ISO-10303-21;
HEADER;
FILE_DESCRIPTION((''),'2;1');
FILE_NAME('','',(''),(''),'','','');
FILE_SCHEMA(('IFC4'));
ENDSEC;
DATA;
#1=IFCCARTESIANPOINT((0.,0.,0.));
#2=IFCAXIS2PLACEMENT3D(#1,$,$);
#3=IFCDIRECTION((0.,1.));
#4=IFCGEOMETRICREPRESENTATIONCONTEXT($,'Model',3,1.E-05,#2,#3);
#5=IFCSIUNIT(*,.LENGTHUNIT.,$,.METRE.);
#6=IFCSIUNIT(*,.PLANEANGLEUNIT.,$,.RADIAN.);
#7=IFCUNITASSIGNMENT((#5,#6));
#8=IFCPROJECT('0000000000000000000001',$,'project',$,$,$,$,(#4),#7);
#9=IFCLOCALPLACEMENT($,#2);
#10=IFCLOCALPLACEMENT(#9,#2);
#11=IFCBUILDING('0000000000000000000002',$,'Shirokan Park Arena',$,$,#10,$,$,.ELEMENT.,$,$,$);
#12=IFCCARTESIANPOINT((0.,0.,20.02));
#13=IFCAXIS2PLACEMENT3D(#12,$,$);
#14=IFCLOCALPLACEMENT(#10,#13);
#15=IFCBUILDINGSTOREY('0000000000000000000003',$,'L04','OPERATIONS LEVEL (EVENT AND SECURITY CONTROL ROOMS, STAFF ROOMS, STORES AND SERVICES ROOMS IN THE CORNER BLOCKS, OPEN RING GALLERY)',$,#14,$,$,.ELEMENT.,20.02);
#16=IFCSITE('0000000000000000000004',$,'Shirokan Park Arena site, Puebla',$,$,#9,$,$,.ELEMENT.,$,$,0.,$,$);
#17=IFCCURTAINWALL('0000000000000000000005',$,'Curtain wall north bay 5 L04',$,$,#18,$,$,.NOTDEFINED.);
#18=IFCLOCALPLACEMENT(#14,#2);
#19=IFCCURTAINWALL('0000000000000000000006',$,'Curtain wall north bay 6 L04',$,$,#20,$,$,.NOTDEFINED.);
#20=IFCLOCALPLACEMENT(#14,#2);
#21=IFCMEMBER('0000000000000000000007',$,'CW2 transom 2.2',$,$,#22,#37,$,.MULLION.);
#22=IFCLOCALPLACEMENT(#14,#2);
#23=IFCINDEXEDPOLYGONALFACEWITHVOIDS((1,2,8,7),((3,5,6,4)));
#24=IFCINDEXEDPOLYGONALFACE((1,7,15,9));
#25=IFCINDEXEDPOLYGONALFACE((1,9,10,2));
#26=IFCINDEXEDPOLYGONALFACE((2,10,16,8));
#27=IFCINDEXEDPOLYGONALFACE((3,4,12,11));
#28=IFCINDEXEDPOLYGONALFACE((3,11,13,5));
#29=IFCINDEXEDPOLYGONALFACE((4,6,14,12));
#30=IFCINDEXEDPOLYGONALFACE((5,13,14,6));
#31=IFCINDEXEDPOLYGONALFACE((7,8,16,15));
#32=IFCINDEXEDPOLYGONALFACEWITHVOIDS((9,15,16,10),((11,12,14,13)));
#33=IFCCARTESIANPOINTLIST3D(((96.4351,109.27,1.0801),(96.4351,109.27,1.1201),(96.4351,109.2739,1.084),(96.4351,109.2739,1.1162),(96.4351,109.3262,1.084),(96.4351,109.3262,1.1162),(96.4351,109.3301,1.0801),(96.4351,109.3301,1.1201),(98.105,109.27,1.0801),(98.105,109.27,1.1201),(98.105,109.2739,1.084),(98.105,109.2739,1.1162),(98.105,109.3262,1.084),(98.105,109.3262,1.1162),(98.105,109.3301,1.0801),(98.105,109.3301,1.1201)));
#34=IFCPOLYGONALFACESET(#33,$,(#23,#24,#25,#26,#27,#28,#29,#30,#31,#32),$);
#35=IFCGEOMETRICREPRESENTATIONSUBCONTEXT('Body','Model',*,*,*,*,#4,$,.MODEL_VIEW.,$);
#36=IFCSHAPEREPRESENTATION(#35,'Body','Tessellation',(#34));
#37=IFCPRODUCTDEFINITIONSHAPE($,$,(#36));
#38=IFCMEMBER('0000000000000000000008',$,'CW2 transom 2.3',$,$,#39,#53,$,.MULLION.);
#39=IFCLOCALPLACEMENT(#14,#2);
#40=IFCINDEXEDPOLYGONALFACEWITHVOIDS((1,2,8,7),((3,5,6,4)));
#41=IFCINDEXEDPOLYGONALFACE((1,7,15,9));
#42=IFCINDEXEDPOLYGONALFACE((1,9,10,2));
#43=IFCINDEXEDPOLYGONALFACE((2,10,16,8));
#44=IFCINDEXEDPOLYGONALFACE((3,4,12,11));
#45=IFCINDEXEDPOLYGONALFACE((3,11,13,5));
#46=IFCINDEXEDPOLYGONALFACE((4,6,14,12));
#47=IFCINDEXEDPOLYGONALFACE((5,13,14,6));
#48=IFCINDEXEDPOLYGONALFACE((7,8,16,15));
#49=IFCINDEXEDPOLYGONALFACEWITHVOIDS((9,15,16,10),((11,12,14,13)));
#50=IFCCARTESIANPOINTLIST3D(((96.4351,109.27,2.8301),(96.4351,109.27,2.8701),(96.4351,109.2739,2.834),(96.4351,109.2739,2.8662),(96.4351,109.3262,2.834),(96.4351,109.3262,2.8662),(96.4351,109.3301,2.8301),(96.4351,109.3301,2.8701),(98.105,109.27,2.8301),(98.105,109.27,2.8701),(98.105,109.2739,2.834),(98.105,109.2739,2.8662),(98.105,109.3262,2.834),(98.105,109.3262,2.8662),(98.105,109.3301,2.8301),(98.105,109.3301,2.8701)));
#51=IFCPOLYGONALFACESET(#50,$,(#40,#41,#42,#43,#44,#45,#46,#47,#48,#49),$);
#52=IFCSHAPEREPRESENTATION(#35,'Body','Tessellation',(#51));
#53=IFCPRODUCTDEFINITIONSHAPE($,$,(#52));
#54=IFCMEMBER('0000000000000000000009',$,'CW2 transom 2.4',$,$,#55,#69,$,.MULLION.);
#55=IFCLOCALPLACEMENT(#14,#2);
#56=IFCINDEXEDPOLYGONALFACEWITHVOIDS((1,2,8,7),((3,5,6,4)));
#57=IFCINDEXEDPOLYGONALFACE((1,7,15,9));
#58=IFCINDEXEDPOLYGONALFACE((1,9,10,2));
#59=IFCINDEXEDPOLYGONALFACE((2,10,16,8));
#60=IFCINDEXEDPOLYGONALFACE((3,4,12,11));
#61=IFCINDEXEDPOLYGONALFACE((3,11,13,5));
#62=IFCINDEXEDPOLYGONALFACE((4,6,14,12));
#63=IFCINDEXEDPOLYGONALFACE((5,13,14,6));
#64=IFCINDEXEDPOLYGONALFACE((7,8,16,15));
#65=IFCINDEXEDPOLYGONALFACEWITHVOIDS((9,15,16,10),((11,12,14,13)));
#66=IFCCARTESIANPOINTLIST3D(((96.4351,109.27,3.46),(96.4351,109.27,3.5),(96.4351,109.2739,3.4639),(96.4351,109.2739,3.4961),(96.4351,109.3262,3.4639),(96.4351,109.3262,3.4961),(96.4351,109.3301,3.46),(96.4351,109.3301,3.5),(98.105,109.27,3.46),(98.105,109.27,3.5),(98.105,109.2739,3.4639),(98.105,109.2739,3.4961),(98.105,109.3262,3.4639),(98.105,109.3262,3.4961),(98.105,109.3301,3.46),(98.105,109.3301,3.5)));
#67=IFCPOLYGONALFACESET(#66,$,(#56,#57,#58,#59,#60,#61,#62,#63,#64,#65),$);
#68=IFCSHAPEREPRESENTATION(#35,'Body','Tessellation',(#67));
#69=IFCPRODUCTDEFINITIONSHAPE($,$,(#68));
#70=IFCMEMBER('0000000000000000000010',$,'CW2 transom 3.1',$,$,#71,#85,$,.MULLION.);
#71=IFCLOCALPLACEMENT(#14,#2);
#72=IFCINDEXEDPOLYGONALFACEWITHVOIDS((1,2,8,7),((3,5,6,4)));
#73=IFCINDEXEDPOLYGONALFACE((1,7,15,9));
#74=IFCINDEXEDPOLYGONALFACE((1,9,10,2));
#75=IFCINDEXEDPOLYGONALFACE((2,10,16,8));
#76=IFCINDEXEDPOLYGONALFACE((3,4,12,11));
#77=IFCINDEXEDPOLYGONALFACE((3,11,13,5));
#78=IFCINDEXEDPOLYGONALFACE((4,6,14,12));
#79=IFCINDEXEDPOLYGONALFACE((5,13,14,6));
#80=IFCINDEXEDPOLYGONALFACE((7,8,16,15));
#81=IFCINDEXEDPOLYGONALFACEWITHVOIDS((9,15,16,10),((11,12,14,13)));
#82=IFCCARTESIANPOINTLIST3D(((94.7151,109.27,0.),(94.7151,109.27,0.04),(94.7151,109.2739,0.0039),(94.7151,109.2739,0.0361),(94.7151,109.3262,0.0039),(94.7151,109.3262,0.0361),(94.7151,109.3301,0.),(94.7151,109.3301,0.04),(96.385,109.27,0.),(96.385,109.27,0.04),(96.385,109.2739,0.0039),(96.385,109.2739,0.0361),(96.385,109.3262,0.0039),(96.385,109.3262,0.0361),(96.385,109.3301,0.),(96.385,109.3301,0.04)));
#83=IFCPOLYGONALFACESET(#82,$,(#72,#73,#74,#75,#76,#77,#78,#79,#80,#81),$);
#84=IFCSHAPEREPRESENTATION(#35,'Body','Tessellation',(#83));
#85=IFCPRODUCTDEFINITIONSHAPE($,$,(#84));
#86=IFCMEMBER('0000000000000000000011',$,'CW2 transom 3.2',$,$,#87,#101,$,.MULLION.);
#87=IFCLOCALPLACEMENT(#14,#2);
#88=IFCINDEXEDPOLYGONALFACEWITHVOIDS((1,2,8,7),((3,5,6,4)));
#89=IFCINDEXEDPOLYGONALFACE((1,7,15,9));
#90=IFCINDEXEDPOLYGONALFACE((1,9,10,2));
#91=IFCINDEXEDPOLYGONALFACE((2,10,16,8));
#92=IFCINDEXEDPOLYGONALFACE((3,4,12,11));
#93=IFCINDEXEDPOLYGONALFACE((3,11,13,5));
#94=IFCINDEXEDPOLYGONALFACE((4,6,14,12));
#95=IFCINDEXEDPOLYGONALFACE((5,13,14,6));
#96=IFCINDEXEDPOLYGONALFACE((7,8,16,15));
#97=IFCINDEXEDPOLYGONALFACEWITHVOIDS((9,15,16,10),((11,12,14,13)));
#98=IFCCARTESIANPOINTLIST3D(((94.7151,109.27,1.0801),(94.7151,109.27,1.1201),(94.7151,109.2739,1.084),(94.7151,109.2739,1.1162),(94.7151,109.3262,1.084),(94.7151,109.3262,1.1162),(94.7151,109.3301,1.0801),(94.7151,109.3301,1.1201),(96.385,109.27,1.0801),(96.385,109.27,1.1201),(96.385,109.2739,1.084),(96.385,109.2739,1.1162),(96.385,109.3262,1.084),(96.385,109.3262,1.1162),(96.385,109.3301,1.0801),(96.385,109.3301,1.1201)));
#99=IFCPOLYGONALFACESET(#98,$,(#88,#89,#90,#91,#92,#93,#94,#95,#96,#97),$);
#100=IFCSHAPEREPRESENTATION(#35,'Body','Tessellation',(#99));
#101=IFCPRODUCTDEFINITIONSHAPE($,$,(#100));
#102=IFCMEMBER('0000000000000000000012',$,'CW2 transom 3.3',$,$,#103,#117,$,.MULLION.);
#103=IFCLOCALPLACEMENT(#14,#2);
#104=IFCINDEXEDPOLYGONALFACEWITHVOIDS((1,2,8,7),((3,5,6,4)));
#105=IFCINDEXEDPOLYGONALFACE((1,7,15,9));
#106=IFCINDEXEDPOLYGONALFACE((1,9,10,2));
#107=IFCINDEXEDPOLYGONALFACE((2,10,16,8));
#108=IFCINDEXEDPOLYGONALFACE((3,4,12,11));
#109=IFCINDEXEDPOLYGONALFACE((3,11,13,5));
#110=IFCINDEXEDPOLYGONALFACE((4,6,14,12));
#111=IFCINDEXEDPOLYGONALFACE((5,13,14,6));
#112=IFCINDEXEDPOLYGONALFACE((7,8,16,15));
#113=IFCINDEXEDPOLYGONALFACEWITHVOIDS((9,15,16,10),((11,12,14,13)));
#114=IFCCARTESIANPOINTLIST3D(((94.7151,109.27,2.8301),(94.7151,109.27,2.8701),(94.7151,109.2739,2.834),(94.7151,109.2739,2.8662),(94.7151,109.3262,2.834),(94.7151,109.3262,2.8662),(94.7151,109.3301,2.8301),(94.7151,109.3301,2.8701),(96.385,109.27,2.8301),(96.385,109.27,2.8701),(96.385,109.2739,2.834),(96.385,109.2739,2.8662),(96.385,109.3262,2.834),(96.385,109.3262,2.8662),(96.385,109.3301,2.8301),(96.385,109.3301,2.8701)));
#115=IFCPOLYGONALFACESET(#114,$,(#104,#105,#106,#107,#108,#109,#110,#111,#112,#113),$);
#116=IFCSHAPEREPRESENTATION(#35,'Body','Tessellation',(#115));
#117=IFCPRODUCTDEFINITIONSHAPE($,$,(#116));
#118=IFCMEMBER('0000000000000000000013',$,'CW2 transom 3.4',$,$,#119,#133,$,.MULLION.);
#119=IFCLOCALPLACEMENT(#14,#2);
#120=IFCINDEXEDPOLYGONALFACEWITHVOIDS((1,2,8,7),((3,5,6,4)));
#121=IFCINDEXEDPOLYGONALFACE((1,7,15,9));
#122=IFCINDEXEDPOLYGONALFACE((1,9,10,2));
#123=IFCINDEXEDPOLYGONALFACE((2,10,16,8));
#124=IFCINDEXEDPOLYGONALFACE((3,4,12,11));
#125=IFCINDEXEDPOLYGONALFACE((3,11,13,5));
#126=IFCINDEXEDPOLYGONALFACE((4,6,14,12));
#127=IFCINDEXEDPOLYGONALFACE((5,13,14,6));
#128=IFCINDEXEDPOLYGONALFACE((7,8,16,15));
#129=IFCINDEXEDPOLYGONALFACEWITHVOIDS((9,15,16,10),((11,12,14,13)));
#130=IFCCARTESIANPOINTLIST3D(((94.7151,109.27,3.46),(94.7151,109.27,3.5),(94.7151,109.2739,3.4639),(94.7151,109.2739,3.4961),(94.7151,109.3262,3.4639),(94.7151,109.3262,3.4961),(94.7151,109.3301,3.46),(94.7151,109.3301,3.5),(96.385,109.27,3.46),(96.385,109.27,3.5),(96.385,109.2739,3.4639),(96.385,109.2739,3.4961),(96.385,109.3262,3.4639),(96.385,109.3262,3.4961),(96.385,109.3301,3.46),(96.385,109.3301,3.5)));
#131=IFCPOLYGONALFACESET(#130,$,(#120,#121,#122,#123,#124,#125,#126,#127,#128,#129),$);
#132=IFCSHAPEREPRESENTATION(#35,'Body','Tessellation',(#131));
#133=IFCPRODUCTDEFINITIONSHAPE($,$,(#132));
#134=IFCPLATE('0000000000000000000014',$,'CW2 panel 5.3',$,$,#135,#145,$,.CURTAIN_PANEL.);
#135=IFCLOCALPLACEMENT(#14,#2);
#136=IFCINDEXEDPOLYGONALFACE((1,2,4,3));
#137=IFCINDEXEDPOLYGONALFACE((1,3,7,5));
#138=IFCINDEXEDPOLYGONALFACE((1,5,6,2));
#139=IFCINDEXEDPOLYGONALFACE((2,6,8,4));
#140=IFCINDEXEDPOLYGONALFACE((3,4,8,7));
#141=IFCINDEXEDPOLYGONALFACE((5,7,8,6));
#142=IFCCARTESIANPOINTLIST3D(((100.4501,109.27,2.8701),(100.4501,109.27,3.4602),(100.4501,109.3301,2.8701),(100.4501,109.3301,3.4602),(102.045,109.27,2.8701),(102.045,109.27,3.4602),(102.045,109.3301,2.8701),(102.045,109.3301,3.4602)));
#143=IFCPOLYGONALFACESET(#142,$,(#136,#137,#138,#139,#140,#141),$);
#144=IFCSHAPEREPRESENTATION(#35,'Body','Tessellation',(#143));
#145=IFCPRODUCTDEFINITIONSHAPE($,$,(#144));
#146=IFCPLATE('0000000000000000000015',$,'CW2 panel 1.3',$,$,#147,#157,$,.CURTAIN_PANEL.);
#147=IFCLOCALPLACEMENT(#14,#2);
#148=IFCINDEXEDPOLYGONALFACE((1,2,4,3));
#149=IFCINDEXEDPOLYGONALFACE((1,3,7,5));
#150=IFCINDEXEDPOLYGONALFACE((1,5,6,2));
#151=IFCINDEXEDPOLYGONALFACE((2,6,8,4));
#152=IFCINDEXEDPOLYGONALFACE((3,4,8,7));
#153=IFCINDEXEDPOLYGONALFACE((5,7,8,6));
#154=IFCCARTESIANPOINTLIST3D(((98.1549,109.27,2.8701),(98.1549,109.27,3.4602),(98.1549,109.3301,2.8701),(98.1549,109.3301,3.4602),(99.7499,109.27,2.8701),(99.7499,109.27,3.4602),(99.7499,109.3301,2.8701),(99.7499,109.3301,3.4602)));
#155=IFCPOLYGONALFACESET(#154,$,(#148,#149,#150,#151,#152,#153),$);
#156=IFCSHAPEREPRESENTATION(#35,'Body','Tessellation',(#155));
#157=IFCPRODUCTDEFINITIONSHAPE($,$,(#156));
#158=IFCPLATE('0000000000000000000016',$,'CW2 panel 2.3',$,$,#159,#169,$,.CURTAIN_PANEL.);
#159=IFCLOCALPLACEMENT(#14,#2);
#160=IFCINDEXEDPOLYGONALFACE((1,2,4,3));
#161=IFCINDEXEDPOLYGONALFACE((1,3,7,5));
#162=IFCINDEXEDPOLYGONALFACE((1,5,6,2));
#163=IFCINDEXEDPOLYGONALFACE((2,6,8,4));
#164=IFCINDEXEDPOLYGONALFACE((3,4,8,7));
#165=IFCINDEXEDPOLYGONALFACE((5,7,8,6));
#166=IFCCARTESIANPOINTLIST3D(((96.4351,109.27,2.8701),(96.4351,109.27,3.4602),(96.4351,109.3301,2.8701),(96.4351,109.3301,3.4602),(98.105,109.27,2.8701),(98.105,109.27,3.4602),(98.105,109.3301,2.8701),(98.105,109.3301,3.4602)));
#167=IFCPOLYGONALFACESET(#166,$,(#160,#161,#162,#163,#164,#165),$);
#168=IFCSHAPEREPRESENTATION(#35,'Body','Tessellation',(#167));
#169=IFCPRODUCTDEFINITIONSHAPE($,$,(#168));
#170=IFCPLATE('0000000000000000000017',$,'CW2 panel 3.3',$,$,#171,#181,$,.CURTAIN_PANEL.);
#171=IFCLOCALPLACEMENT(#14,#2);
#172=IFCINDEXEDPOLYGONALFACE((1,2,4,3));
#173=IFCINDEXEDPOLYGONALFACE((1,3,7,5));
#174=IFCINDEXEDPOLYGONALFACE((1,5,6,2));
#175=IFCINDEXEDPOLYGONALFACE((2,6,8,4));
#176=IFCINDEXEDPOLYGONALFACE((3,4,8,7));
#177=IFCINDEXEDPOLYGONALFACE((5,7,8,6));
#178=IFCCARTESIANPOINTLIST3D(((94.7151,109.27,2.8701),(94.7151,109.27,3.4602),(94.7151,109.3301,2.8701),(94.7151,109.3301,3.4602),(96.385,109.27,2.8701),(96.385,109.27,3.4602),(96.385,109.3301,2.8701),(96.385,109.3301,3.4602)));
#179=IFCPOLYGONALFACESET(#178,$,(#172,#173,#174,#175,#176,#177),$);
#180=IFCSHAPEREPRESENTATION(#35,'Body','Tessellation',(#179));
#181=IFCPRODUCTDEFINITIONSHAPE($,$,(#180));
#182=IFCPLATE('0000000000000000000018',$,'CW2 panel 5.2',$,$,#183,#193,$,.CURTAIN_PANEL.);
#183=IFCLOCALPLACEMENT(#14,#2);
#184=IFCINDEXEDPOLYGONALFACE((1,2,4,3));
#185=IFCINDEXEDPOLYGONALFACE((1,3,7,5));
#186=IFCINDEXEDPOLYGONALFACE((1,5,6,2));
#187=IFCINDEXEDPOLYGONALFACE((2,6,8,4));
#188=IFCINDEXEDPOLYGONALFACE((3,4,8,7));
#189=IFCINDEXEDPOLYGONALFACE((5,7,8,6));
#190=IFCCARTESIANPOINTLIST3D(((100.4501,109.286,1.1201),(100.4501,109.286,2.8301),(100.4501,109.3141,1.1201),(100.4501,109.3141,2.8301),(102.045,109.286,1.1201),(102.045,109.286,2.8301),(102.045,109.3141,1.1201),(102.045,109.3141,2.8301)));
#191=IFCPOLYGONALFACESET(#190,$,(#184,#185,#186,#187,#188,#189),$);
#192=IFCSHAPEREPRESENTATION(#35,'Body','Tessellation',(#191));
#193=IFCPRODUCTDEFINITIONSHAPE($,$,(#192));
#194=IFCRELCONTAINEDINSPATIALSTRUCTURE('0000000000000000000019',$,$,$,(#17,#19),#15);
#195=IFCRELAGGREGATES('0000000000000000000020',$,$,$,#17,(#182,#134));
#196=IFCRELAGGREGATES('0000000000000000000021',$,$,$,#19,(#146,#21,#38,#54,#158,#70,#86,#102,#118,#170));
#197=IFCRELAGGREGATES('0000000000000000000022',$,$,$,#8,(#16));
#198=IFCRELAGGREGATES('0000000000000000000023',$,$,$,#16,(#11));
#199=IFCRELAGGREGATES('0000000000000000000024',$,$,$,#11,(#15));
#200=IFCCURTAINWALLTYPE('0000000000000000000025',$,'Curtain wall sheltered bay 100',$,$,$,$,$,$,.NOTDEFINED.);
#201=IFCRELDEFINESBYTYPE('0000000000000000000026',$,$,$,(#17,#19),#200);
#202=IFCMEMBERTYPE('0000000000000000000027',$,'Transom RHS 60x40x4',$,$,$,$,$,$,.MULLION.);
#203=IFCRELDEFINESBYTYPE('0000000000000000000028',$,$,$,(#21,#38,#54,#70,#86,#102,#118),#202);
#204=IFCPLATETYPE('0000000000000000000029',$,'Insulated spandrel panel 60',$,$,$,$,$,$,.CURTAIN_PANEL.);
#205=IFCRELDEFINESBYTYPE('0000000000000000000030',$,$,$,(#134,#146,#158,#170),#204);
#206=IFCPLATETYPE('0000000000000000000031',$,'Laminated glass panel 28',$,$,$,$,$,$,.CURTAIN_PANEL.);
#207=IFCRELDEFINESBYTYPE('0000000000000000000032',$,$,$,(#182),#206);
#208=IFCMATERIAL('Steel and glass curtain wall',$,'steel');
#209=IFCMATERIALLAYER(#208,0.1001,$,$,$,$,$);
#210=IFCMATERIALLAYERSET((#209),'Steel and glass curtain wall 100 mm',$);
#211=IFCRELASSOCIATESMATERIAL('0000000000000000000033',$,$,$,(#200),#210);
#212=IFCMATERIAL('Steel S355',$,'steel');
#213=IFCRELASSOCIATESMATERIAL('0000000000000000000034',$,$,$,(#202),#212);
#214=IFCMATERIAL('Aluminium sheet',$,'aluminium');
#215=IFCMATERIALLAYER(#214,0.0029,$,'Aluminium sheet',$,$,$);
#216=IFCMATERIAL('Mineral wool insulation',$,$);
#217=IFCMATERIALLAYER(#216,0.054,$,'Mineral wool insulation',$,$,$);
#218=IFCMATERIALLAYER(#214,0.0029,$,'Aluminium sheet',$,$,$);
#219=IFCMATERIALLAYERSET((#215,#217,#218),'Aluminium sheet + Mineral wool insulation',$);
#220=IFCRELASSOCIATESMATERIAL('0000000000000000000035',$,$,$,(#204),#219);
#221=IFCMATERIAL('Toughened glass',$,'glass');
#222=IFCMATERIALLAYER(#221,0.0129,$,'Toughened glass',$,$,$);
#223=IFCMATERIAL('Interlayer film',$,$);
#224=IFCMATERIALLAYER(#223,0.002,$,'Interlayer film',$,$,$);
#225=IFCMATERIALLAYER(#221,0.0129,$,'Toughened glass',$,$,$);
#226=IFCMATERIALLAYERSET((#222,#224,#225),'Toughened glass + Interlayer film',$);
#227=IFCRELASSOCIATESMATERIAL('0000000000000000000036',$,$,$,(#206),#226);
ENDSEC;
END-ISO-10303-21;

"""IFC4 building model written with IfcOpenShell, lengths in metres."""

from ifc_helpers import new_model, si_unit, direction, frame, origin, origin_2d, place, context, subcontext, project, spatial, rectangle, hollow_rectangle, extrude, material, layer, layer_set, material_profile, profile_set, type_object, element, aggregate, save


model = new_model("IFC4")

# Units and contexts
model_context = context("Model", 3, precision=1e-05, world=origin(), true_north=direction((0.0, 1.0)))
body_context = subcontext(model_context, "Body", "Model", "MODEL_VIEW")
ifc_project = project(units=[si_unit("LENGTHUNIT", "METRE"), si_unit("PLANEANGLEUNIT", "RADIAN")], contexts=[model_context])

# Site, building, storey
site_placement = place(None, origin())
site = spatial("IfcSite", under=ifc_project, at=site_placement, Name="Shirokan Park Arena site, Puebla", CompositionType="ELEMENT", RefElevation=0.0)
building_placement = place(site_placement, origin())
building = spatial("IfcBuilding", under=site, at=building_placement, Name="Shirokan Park Arena", CompositionType="ELEMENT")
storey_placement = place(building_placement, frame((0.0, 0.0, 20.02)))
storey = spatial("IfcBuildingStorey", under=building, at=storey_placement, Name="L04", Description="OPERATIONS LEVEL (EVENT AND SECURITY CONTROL ROOMS, STAFF ROOMS, STORES AND SERVICES ROOMS IN THE CORNER BLOCKS, OPEN RING GALLERY)", CompositionType="ELEMENT", Elevation=20.02)

# Curtain wall
ifc_material_1 = material(Name="Steel and glass curtain wall", Category="steel")
ifc_layer_1 = layer(ifc_material_1, 0.1001)
ifc_layer_set_1 = layer_set([ifc_layer_1], Name="Steel and glass curtain wall 100 mm")
curtain_wall_type = type_object("IfcCurtainWallType", Name="Curtain wall sheltered bay 100", PredefinedType="NOTDEFINED", material=ifc_layer_set_1)
curtain_wall_1_placement = place(storey_placement, origin())
curtain_wall_1 = element("IfcCurtainWall", 1, at=curtain_wall_1_placement, inside=storey, type_object=curtain_wall_type, Name="Curtain wall north bay 5 L04", PredefinedType="NOTDEFINED")
ifc_material_2 = material(Name="Steel S355", Category="steel")

# Curtain wall
curtain_wall_2_placement = place(storey_placement, origin())
curtain_wall_2 = element("IfcCurtainWall", 2, at=curtain_wall_2_placement, inside=storey, type_object=curtain_wall_type, Name="Curtain wall north bay 6 L04", PredefinedType="NOTDEFINED")

# Members
ifc_material_profile_1 = material_profile(ifc_material_2, hollow_rectangle(XDim=0.0601, YDim=0.04, WallThickness=0.0039, at=origin_2d()), Name="RHS 60x40x4")
ifc_profile_set_1 = profile_set([ifc_material_profile_1], Name="Steel S355")
member_type_1 = type_object("IfcMemberType", Name="Transom RHS 60x40x4", PredefinedType="MULLION", material=ifc_profile_set_1)
member_1_placement = place(storey_placement, frame((98.105, 109.3, 1.1001), z_axis=(-1.0, 0.0, 0.0), x_axis=(0.0, -1.0, 0.0)))
member_1 = element("IfcMember", 3, at=member_1_placement, type_object=member_type_1, Name="CW2 transom 2.2", PredefinedType="MULLION", context=body_context, shape_type="SweptSolid", body=[
    extrude(hollow_rectangle(XDim=0.0601, YDim=0.04, WallThickness=0.0039, at=origin_2d()), origin(), (0.0, 0.0, 1.0), 1.6699),
])
member_2_placement = place(storey_placement, frame((98.105, 109.3, 2.8501), z_axis=(-1.0, 0.0, 0.0), x_axis=(0.0, -1.0, 0.0)))
member_2 = element("IfcMember", 4, at=member_2_placement, type_object=member_type_1, Name="CW2 transom 2.3", PredefinedType="MULLION", context=body_context, shape_type="SweptSolid", body=[
    extrude(hollow_rectangle(XDim=0.0601, YDim=0.04, WallThickness=0.0039, at=origin_2d()), origin(), (0.0, 0.0, 1.0), 1.6699),
])
member_3_placement = place(storey_placement, frame((98.105, 109.3, 3.48), z_axis=(-1.0, 0.0, 0.0), x_axis=(0.0, -1.0, 0.0)))
member_3 = element("IfcMember", 5, at=member_3_placement, type_object=member_type_1, Name="CW2 transom 2.4", PredefinedType="MULLION", context=body_context, shape_type="SweptSolid", body=[
    extrude(hollow_rectangle(XDim=0.0601, YDim=0.04, WallThickness=0.0039, at=origin_2d()), origin(), (0.0, 0.0, 1.0), 1.6699),
])
member_4_placement = place(storey_placement, frame((96.385, 109.3, 0.02), z_axis=(-1.0, 0.0, 0.0), x_axis=(0.0, -1.0, 0.0)))
member_4 = element("IfcMember", 6, at=member_4_placement, type_object=member_type_1, Name="CW2 transom 3.1", PredefinedType="MULLION", context=body_context, shape_type="SweptSolid", body=[
    extrude(hollow_rectangle(XDim=0.0601, YDim=0.04, WallThickness=0.0039, at=origin_2d()), origin(), (0.0, 0.0, 1.0), 1.6699),
])
member_5_placement = place(storey_placement, frame((96.385, 109.3, 1.1001), z_axis=(-1.0, 0.0, 0.0), x_axis=(0.0, -1.0, 0.0)))
member_5 = element("IfcMember", 7, at=member_5_placement, type_object=member_type_1, Name="CW2 transom 3.2", PredefinedType="MULLION", context=body_context, shape_type="SweptSolid", body=[
    extrude(hollow_rectangle(XDim=0.0601, YDim=0.04, WallThickness=0.0039, at=origin_2d()), origin(), (0.0, 0.0, 1.0), 1.6699),
])
member_6_placement = place(storey_placement, frame((96.385, 109.3, 2.8501), z_axis=(-1.0, 0.0, 0.0), x_axis=(0.0, -1.0, 0.0)))
member_6 = element("IfcMember", 8, at=member_6_placement, type_object=member_type_1, Name="CW2 transom 3.3", PredefinedType="MULLION", context=body_context, shape_type="SweptSolid", body=[
    extrude(hollow_rectangle(XDim=0.0601, YDim=0.04, WallThickness=0.0039, at=origin_2d()), origin(), (0.0, 0.0, 1.0), 1.6699),
])
member_7_placement = place(storey_placement, frame((96.385, 109.3, 3.48), z_axis=(-1.0, 0.0, 0.0), x_axis=(0.0, -1.0, 0.0)))
member_7 = element("IfcMember", 9, at=member_7_placement, type_object=member_type_1, Name="CW2 transom 3.4", PredefinedType="MULLION", context=body_context, shape_type="SweptSolid", body=[
    extrude(hollow_rectangle(XDim=0.0601, YDim=0.04, WallThickness=0.0039, at=origin_2d()), origin(), (0.0, 0.0, 1.0), 1.6699),
])

# Plates
ifc_material_3 = material(Name="Aluminium sheet", Category="aluminium")
ifc_layer_2 = layer(ifc_material_3, 0.0029, Name="Aluminium sheet")
ifc_material_4 = material(Name="Mineral wool insulation")
ifc_layer_3 = layer(ifc_material_4, 0.054, Name="Mineral wool insulation")
ifc_layer_4 = layer(ifc_material_3, 0.0029, Name="Aluminium sheet")
ifc_layer_set_2 = layer_set([ifc_layer_2, ifc_layer_3, ifc_layer_4], Name="Aluminium sheet + Mineral wool insulation")
plate_type_1 = type_object("IfcPlateType", Name="Insulated spandrel panel 60", PredefinedType="CURTAIN_PANEL", material=ifc_layer_set_2)
plate_1_placement = place(storey_placement, frame((101.2476, 109.3, 2.8701), z_axis=(0.0, 0.0, 1.0), x_axis=(-1.0, 0.0, 0.0)))
plate_1 = element("IfcPlate", 10, at=plate_1_placement, type_object=plate_type_1, Name="CW2 panel 5.3", PredefinedType="CURTAIN_PANEL", context=body_context, shape_type="SweptSolid", body=[
    extrude(rectangle(XDim=1.595, YDim=0.0601, at=origin_2d()), origin(), (0.0, 0.0, 1.0), 0.5901),
])
plate_2_placement = place(storey_placement, frame((98.9524, 109.3, 2.8701), z_axis=(0.0, 0.0, 1.0), x_axis=(-1.0, 0.0, 0.0)))
plate_2 = element("IfcPlate", 11, at=plate_2_placement, type_object=plate_type_1, Name="CW2 panel 1.3", PredefinedType="CURTAIN_PANEL", context=body_context, shape_type="SweptSolid", body=[
    extrude(rectangle(XDim=1.595, YDim=0.0601, at=origin_2d()), origin(), (0.0, 0.0, 1.0), 0.5901),
])
plate_3_placement = place(storey_placement, frame((97.27, 109.3, 2.8701), z_axis=(0.0, 0.0, 1.0), x_axis=(-1.0, 0.0, 0.0)))
plate_3 = element("IfcPlate", 12, at=plate_3_placement, type_object=plate_type_1, Name="CW2 panel 2.3", PredefinedType="CURTAIN_PANEL", context=body_context, shape_type="SweptSolid", body=[
    extrude(rectangle(XDim=1.6699, YDim=0.0601, at=origin_2d()), origin(), (0.0, 0.0, 1.0), 0.5901),
])
plate_4_placement = place(storey_placement, frame((95.55, 109.3, 2.8701), z_axis=(0.0, 0.0, 1.0), x_axis=(-1.0, 0.0, 0.0)))
plate_4 = element("IfcPlate", 13, at=plate_4_placement, type_object=plate_type_1, Name="CW2 panel 3.3", PredefinedType="CURTAIN_PANEL", context=body_context, shape_type="SweptSolid", body=[
    extrude(rectangle(XDim=1.6699, YDim=0.0601, at=origin_2d()), origin(), (0.0, 0.0, 1.0), 0.5901),
])
ifc_material_5 = material(Name="Toughened glass", Category="glass")
ifc_layer_5 = layer(ifc_material_5, 0.0129, Name="Toughened glass")
ifc_material_6 = material(Name="Interlayer film")
ifc_layer_6 = layer(ifc_material_6, 0.002, Name="Interlayer film")
ifc_layer_7 = layer(ifc_material_5, 0.0129, Name="Toughened glass")
ifc_layer_set_3 = layer_set([ifc_layer_5, ifc_layer_6, ifc_layer_7], Name="Toughened glass + Interlayer film")
plate_type_2 = type_object("IfcPlateType", Name="Laminated glass panel 28", PredefinedType="CURTAIN_PANEL", material=ifc_layer_set_3)
plate_5_placement = place(storey_placement, frame((101.2476, 109.3, 1.1201), z_axis=(0.0, 0.0, 1.0), x_axis=(-1.0, 0.0, 0.0)))
plate_5 = element("IfcPlate", 14, at=plate_5_placement, type_object=plate_type_2, Name="CW2 panel 5.2", PredefinedType="CURTAIN_PANEL", context=body_context, shape_type="SweptSolid", body=[
    extrude(rectangle(XDim=1.595, YDim=0.0281, at=origin_2d()), origin(), (0.0, 0.0, 1.0), 1.71),
])
aggregate(curtain_wall_1, [plate_5, plate_1])
aggregate(curtain_wall_2, [plate_2, member_1, member_2, member_3, plate_3, member_4, member_5, member_6, member_7, plate_4])

save(model, "model.ifc")
